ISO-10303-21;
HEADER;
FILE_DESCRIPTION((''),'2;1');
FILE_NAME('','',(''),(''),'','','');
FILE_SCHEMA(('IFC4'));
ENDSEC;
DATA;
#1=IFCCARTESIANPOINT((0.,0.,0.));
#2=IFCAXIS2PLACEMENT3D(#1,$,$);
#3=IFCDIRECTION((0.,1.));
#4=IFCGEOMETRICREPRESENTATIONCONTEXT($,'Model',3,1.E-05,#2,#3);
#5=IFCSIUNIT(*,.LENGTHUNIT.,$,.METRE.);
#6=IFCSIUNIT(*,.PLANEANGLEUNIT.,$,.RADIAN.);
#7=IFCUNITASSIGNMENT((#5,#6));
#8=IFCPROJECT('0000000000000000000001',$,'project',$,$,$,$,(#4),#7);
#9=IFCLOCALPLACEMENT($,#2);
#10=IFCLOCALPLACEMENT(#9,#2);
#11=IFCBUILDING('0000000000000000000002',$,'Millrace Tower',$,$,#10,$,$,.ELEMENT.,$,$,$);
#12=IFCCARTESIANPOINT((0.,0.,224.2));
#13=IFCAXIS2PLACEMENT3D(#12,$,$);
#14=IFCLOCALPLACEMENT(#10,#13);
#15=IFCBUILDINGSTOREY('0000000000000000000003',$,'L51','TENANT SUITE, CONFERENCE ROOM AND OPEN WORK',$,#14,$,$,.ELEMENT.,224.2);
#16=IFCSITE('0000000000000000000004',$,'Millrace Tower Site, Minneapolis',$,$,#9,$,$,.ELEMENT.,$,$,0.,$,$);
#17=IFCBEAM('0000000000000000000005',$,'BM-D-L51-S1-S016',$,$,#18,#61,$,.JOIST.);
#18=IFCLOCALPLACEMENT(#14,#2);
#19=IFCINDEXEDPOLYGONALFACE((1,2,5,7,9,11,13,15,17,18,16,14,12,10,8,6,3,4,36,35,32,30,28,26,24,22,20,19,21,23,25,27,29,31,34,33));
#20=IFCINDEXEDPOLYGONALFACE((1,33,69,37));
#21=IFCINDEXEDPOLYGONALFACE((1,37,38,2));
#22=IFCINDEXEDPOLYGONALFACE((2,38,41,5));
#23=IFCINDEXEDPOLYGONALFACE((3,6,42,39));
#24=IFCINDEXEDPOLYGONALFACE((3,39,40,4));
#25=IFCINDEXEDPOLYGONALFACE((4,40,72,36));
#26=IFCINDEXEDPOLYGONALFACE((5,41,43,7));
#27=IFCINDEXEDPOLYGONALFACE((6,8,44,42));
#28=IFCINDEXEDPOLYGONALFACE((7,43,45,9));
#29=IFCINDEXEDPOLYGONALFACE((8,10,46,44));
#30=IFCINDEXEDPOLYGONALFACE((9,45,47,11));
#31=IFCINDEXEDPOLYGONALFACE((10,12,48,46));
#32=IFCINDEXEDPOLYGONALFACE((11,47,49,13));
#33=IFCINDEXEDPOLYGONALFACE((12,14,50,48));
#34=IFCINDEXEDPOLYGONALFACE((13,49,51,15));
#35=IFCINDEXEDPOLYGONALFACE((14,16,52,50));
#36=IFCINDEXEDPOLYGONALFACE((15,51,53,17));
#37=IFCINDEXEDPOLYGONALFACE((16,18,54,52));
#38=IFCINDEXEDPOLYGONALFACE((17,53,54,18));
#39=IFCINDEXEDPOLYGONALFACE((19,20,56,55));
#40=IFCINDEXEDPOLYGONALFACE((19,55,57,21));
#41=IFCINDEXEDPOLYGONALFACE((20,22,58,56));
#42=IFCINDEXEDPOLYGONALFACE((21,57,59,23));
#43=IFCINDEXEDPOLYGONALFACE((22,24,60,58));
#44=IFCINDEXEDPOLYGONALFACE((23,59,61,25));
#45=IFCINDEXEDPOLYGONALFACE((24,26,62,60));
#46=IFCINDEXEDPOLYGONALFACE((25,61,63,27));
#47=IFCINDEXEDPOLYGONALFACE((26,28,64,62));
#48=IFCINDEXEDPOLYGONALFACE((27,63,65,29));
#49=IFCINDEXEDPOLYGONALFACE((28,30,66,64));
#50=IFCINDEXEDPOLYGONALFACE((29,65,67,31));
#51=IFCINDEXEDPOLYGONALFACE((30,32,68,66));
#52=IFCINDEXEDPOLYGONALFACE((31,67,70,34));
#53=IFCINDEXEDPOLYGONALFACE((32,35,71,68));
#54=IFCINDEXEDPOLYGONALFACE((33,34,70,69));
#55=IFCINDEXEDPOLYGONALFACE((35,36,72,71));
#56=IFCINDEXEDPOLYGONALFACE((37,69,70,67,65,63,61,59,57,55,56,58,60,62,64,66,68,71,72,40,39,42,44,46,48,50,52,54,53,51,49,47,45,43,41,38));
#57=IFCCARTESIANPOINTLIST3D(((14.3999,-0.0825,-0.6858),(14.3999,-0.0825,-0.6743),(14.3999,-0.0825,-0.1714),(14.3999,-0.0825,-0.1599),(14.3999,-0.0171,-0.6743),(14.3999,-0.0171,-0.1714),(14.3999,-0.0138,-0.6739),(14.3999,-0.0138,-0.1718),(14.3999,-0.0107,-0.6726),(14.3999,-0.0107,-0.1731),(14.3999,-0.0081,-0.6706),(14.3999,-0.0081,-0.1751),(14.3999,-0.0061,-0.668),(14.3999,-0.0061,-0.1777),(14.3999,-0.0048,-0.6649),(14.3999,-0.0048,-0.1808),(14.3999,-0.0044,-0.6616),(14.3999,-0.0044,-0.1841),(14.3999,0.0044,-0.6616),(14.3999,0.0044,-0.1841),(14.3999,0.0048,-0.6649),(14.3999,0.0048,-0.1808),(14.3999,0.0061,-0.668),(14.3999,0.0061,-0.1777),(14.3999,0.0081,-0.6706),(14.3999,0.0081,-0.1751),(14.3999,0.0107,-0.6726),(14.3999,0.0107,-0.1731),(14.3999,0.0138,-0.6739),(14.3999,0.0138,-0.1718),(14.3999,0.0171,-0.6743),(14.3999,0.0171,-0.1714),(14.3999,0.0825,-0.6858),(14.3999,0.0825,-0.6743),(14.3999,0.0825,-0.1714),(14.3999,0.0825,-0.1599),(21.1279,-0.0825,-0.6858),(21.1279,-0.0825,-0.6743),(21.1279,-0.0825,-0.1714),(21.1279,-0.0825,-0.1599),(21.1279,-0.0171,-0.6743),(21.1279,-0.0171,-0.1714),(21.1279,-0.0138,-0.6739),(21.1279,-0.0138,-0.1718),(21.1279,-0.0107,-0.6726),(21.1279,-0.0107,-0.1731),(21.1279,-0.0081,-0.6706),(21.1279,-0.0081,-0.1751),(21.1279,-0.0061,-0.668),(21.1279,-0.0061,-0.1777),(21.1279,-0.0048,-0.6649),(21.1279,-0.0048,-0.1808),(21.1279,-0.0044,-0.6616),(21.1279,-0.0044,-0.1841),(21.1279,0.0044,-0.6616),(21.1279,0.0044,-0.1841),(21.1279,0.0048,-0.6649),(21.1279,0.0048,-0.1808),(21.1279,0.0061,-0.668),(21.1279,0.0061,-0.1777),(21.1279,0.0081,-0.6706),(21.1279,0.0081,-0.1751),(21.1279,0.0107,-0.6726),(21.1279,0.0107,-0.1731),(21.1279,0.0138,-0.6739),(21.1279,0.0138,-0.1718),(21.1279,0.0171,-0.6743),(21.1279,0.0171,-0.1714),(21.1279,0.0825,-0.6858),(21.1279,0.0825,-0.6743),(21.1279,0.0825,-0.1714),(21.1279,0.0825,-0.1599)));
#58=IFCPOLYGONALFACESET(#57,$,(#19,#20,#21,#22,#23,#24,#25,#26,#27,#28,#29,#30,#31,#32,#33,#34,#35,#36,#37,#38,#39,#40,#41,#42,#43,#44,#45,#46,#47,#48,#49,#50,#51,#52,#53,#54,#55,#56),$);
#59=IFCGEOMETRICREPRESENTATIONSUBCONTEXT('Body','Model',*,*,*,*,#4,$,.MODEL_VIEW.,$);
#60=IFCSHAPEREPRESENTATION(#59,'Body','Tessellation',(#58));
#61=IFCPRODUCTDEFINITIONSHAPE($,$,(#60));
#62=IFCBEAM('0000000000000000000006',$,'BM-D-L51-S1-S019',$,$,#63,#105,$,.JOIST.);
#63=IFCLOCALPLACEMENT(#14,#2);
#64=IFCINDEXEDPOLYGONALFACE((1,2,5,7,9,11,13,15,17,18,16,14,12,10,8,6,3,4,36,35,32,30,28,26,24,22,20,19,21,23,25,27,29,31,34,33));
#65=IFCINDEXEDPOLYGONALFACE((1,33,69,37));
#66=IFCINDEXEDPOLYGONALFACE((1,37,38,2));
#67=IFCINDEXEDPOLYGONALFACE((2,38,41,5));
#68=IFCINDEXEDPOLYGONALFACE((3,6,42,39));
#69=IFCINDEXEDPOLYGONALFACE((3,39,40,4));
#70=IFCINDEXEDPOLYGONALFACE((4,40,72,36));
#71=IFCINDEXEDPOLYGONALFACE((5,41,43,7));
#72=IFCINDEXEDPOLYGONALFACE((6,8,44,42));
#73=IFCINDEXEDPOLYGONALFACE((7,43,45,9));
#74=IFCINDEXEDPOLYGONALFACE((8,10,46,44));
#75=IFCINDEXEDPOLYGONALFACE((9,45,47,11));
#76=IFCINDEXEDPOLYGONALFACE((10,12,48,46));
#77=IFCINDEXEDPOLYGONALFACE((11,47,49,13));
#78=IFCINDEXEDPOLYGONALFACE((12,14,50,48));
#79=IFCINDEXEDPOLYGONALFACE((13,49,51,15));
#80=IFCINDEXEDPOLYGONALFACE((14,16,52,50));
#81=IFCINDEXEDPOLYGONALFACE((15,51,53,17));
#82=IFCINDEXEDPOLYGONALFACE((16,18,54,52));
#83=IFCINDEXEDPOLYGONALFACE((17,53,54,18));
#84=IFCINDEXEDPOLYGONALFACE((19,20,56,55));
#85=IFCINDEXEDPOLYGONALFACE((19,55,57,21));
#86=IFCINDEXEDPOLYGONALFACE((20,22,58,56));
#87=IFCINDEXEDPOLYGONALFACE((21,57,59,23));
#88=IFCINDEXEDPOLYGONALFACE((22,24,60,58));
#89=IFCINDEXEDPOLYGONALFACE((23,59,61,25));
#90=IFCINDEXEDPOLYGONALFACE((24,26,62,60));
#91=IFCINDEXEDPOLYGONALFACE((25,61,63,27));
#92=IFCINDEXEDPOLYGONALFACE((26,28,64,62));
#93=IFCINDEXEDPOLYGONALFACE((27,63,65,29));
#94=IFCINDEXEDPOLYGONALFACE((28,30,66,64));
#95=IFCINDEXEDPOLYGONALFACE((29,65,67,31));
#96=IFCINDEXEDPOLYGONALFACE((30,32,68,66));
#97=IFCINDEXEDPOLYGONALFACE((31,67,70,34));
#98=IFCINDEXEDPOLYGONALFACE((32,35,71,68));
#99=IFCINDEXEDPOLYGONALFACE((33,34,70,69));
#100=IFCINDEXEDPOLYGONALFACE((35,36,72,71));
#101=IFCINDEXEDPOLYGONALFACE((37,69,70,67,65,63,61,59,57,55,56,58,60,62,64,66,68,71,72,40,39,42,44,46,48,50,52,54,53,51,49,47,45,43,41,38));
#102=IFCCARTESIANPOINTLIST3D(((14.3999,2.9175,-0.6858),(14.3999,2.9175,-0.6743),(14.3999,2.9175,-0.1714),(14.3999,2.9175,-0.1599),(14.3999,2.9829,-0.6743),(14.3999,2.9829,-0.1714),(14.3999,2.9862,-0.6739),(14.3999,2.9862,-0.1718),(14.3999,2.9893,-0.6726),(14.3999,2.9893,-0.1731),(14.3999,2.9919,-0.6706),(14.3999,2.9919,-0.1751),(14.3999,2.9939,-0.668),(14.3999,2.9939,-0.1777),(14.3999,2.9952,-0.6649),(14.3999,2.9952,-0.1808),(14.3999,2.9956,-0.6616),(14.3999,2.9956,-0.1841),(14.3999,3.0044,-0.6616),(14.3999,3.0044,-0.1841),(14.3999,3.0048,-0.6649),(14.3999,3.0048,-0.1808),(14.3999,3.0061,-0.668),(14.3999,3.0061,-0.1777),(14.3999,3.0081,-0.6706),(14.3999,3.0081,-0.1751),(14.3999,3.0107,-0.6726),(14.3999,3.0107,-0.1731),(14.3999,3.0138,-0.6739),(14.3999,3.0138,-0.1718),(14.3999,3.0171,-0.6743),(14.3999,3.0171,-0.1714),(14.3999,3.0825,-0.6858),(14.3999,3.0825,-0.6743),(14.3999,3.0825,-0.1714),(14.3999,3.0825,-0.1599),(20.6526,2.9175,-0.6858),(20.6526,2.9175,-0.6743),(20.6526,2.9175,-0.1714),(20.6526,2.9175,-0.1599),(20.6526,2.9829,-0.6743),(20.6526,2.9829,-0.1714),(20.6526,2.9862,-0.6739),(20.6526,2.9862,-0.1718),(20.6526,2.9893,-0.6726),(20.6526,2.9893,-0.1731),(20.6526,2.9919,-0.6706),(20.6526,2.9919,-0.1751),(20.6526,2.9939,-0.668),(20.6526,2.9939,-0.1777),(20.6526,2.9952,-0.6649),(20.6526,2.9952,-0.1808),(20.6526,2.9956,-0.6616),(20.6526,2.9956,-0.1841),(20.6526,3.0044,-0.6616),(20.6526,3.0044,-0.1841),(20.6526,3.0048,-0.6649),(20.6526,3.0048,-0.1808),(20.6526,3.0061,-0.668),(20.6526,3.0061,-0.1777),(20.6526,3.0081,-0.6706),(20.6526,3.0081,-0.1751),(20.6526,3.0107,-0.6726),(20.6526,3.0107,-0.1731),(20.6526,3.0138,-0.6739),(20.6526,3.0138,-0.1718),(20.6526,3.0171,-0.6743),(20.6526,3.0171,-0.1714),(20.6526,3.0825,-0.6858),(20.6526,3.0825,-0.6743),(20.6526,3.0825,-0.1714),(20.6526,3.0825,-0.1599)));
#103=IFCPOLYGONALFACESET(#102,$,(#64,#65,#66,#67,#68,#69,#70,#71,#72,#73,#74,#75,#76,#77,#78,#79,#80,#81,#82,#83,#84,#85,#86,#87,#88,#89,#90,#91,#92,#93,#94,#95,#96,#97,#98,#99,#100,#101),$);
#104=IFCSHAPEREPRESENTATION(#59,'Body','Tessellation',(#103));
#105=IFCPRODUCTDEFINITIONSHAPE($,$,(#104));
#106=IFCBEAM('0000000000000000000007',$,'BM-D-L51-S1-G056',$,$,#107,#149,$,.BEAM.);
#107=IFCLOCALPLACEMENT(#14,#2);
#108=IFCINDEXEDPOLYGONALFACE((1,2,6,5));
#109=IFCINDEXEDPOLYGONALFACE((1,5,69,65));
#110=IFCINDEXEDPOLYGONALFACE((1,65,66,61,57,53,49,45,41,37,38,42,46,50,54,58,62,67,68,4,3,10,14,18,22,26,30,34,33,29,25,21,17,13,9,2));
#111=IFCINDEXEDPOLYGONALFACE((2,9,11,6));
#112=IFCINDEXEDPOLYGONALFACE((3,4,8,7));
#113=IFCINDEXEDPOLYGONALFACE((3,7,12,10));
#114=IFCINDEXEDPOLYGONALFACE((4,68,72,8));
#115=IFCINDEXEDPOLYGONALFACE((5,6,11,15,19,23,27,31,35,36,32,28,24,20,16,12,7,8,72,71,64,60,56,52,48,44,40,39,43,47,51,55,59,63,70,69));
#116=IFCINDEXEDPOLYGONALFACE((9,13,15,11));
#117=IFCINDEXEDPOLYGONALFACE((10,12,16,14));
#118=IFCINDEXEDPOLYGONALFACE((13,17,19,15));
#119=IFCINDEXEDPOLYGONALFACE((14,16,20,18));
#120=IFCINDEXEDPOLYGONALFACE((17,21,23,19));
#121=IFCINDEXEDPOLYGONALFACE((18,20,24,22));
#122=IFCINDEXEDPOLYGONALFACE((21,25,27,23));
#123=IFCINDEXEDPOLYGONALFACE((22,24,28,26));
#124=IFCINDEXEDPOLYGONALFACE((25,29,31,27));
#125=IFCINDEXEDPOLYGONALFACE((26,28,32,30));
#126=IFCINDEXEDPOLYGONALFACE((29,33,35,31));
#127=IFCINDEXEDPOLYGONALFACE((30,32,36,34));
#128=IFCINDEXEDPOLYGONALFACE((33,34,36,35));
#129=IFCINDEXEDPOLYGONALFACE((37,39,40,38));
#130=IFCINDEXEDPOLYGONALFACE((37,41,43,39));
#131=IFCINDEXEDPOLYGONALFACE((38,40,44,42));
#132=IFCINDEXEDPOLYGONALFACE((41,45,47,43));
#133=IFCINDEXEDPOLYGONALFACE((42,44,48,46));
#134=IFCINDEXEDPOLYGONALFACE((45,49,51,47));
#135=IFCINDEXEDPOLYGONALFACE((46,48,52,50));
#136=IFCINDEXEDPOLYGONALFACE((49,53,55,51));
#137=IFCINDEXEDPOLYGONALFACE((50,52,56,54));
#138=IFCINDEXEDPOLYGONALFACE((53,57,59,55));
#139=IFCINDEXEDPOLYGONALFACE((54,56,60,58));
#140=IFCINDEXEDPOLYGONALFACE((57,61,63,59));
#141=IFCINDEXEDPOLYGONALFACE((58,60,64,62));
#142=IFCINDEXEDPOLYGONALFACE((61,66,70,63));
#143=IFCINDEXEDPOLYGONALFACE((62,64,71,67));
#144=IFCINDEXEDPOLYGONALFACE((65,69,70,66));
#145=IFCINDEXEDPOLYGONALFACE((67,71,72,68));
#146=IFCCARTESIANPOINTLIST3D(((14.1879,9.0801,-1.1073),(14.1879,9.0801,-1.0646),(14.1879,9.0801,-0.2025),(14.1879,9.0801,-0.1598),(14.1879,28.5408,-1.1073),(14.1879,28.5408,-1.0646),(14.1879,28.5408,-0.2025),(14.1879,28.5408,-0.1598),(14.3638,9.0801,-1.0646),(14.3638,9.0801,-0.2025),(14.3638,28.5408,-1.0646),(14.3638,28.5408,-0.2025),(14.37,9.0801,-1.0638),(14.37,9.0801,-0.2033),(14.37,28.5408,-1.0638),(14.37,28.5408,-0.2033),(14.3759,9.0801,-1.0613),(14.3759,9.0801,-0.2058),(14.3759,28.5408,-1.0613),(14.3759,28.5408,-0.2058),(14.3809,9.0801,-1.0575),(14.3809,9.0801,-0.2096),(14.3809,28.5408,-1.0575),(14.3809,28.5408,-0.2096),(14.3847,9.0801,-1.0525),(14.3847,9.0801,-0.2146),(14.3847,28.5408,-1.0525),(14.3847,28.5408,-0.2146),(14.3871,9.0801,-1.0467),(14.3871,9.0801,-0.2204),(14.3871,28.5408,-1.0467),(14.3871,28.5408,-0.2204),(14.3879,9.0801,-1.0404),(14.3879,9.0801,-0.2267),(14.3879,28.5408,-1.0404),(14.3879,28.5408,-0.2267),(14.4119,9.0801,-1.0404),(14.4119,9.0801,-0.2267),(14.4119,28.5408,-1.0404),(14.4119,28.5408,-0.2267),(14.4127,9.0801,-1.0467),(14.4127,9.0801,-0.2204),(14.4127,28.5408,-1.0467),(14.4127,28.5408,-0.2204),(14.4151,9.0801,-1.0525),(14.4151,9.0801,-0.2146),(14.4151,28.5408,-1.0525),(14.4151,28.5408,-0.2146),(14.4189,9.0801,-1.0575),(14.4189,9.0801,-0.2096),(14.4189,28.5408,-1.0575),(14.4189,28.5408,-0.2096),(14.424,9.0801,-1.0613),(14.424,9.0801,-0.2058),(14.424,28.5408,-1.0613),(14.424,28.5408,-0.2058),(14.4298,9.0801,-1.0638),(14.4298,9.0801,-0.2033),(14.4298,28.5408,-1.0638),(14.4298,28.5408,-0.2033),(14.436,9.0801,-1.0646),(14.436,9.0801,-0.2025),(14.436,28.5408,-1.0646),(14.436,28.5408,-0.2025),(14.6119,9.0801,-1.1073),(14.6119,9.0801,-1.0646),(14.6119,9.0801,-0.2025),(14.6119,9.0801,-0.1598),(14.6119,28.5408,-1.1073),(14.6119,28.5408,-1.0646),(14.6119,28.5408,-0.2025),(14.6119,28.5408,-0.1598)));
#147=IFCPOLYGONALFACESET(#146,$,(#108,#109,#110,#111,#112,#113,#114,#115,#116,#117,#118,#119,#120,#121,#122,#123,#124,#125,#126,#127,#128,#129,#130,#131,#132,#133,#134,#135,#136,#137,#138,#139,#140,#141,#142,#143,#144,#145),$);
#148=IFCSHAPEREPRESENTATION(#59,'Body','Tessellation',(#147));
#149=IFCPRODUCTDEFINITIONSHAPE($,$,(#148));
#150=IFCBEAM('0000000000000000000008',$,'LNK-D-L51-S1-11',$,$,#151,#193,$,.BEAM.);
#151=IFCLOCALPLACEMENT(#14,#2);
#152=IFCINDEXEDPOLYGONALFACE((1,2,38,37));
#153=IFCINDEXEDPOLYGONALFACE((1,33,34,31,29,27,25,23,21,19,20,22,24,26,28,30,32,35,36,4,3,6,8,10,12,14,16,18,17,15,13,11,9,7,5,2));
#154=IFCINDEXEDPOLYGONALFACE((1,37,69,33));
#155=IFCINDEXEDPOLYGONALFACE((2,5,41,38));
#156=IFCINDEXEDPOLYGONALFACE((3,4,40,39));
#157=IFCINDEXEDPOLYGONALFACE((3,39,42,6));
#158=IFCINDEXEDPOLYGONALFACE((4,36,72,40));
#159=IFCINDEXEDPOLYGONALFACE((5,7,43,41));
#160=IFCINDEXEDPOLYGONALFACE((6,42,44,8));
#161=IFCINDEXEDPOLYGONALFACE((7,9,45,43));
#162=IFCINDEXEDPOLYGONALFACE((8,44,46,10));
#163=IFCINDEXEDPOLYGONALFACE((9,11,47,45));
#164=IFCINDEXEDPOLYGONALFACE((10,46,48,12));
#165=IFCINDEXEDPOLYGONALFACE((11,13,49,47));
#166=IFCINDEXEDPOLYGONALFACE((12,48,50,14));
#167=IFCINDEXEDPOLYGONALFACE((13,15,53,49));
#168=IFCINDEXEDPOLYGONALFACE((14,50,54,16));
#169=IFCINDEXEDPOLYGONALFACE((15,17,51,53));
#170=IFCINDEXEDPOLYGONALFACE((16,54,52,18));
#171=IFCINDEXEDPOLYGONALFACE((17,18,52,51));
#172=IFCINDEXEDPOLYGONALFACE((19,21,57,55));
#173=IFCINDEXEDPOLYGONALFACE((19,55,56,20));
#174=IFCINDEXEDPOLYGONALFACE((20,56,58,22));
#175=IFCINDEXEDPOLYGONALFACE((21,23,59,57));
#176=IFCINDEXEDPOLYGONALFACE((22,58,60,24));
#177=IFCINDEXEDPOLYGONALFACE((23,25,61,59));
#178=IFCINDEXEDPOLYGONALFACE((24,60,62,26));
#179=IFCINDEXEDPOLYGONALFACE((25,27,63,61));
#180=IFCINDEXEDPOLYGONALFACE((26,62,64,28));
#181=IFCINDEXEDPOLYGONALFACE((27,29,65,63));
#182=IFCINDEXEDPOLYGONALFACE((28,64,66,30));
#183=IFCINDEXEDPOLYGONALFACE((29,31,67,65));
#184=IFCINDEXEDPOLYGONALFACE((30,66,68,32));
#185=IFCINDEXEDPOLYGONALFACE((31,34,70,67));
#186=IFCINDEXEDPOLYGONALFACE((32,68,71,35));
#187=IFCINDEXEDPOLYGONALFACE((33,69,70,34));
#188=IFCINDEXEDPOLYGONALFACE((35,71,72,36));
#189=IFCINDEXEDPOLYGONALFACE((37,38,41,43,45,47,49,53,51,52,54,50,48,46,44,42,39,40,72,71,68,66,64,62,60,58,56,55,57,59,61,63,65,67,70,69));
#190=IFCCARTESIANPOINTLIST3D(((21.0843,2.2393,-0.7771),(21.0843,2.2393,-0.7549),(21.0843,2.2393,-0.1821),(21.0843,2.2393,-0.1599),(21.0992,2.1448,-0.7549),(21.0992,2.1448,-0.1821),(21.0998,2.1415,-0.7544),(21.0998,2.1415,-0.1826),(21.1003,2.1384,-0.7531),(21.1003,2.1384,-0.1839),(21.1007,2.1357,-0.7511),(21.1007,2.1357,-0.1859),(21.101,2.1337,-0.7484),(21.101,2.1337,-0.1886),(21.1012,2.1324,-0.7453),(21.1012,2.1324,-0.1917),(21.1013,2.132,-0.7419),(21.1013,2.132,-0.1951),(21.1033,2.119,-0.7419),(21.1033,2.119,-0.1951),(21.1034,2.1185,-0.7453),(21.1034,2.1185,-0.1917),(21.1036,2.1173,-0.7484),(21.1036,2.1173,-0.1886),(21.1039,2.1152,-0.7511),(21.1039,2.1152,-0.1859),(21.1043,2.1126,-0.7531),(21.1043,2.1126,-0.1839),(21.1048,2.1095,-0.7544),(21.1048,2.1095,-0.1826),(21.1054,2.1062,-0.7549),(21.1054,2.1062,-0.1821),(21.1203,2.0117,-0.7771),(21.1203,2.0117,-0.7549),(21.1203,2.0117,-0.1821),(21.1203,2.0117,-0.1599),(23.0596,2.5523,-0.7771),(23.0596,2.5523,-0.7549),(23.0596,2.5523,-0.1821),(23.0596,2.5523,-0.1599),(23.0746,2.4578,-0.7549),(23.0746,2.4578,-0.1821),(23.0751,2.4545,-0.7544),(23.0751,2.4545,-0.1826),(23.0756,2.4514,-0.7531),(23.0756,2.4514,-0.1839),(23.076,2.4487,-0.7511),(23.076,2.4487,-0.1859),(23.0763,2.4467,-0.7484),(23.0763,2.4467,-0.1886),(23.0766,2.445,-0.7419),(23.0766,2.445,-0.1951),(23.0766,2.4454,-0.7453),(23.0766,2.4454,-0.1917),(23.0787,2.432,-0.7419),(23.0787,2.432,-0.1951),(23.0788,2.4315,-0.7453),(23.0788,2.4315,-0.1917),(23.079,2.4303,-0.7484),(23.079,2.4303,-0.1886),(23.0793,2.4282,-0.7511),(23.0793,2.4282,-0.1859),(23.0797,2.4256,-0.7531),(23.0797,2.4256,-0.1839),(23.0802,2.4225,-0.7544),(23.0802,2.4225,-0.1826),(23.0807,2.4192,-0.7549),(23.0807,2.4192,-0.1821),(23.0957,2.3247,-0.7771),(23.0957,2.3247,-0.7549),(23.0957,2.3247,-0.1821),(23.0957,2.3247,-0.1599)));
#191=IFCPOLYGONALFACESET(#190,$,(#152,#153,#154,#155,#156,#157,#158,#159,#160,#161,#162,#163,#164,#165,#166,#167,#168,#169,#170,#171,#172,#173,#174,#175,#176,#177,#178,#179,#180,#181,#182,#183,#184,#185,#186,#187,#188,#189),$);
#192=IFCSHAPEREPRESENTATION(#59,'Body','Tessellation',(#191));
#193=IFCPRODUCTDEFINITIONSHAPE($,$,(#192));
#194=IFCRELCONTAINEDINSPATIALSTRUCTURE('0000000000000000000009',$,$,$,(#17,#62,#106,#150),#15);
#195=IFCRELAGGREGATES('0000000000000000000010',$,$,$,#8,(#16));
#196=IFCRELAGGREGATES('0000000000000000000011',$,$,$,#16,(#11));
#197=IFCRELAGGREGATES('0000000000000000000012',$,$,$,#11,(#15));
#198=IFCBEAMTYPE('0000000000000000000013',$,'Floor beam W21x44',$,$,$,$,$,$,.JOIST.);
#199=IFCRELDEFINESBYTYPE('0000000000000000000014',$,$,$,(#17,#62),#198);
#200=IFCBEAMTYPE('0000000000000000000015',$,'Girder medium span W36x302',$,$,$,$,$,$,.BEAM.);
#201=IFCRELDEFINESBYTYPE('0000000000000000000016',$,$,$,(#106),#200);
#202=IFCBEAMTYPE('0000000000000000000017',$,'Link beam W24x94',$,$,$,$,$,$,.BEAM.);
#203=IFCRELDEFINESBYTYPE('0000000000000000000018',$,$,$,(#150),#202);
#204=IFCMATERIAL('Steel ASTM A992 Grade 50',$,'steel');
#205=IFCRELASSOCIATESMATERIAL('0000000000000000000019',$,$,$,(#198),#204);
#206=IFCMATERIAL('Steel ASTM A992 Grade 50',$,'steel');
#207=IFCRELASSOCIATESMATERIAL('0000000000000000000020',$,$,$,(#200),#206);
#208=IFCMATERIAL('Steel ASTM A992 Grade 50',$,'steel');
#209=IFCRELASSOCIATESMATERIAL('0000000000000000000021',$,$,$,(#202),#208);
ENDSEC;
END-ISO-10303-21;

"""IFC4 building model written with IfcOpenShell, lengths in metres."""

from ifc_helpers import new_model, si_unit, direction, frame, origin, origin_2d, place, context, subcontext, project, spatial, i_section, extrude, material, material_profile, profile_set, type_object, element, save


model = new_model("IFC4")

# Units and contexts
model_context = context("Model", 3, precision=1e-05, world=origin(), true_north=direction((0.0, 1.0)))
body_context = subcontext(model_context, "Body", "Model", "MODEL_VIEW")
ifc_project = project(units=[si_unit("LENGTHUNIT", "METRE"), si_unit("PLANEANGLEUNIT", "RADIAN")], contexts=[model_context])

# Site, building, storey
site_placement = place(None, origin())
site = spatial("IfcSite", under=ifc_project, at=site_placement, Name="Millrace Tower Site, Minneapolis", CompositionType="ELEMENT", RefElevation=0.0)
building_placement = place(site_placement, origin())
building = spatial("IfcBuilding", under=site, at=building_placement, Name="Millrace Tower", CompositionType="ELEMENT")
storey_placement = place(building_placement, frame((0.0, 0.0, 224.2)))
storey = spatial("IfcBuildingStorey", under=building, at=storey_placement, Name="L51", Description="TENANT SUITE, CONFERENCE ROOM AND OPEN WORK", CompositionType="ELEMENT", Elevation=224.2)

# Beams
ifc_material_1 = material(Name="Steel ASTM A992 Grade 50", Category="steel")
ifc_material_profile_1 = material_profile(ifc_material_1, i_section(OverallWidth=0.165, OverallDepth=0.5259, WebThickness=0.0088, FlangeThickness=0.0115, FilletRadius=0.0127, at=origin_2d()))
ifc_profile_set_1 = profile_set([ifc_material_profile_1], Name="Steel ASTM A992 Grade 50")
beam_type_1 = type_object("IfcBeamType", Name="Floor beam W21x44", PredefinedType="JOIST", material=ifc_profile_set_1)
beam_1_placement = place(storey_placement, frame((14.3999, 0.0, -0.4229), z_axis=(1.0, 0.0, 0.0), x_axis=(0.0, 1.0, 0.0)))
element("IfcBeam", 1, at=beam_1_placement, inside=storey, type_object=beam_type_1, Name="BM-D-L51-S1-S016", PredefinedType="JOIST", context=body_context, shape_type="SweptSolid", body=[
    extrude(i_section(OverallWidth=0.165, OverallDepth=0.5259, WebThickness=0.0088, FlangeThickness=0.0115, FilletRadius=0.0127, at=origin_2d()), origin(), (0.0, 0.0, 1.0), 6.728),
])
beam_2_placement = place(storey_placement, frame((14.3999, 3.0, -0.4229), z_axis=(1.0, 0.0, 0.0), x_axis=(0.0, 1.0, 0.0)))
element("IfcBeam", 2, at=beam_2_placement, inside=storey, type_object=beam_type_1, Name="BM-D-L51-S1-S019", PredefinedType="JOIST", context=body_context, shape_type="SweptSolid", body=[
    extrude(i_section(OverallWidth=0.165, OverallDepth=0.5259, WebThickness=0.0088, FlangeThickness=0.0115, FilletRadius=0.0127, at=origin_2d()), origin(), (0.0, 0.0, 1.0), 6.2527),
])
ifc_material_2 = material(Name="Steel ASTM A992 Grade 50", Category="steel")
ifc_material_profile_2 = material_profile(ifc_material_2, i_section(OverallWidth=0.4241, OverallDepth=0.9475, WebThickness=0.0239, FlangeThickness=0.0427, FilletRadius=0.0242, at=origin_2d()))
ifc_profile_set_2 = profile_set([ifc_material_profile_2], Name="Steel ASTM A992 Grade 50")
beam_type_2 = type_object("IfcBeamType", Name="Girder medium span W36x302", PredefinedType="BEAM", material=ifc_profile_set_2)
beam_3_placement = place(storey_placement, frame((14.3999, 9.0801, -0.6335), z_axis=(0.0, 1.0, 0.0), x_axis=(-1.0, 0.0, 0.0)))
element("IfcBeam", 3, at=beam_3_placement, inside=storey, type_object=beam_type_2, Name="BM-D-L51-S1-G056", PredefinedType="BEAM", context=body_context, shape_type="SweptSolid", body=[
    extrude(i_section(OverallWidth=0.4241, OverallDepth=0.9475, WebThickness=0.0239, FlangeThickness=0.0427, FilletRadius=0.0242, at=origin_2d()), origin(), (0.0, 0.0, 1.0), 19.4607),
])
ifc_material_3 = material(Name="Steel ASTM A992 Grade 50", Category="steel")
ifc_material_profile_3 = material_profile(ifc_material_3, i_section(OverallWidth=0.2305, OverallDepth=0.6172, WebThickness=0.0132, FlangeThickness=0.0222, FilletRadius=0.0129, at=origin_2d()))
ifc_profile_set_3 = profile_set([ifc_material_profile_3], Name="Steel ASTM A992 Grade 50")
beam_type_3 = type_object("IfcBeamType", Name="Link beam W24x94", PredefinedType="BEAM", material=ifc_profile_set_3)
beam_4_placement = place(storey_placement, frame((21.1023, 2.1255, -0.4685), z_axis=(0.987679, 0.156495, 0.0), x_axis=(-0.156495, 0.987679, 0.0)))
element("IfcBeam", 4, at=beam_4_placement, inside=storey, type_object=beam_type_3, Name="LNK-D-L51-S1-11", PredefinedType="BEAM", context=body_context, shape_type="SweptSolid", body=[
    extrude(i_section(OverallWidth=0.2305, OverallDepth=0.6172, WebThickness=0.0132, FlangeThickness=0.0222, FilletRadius=0.0129, at=origin_2d()), origin(), (0.0, 0.0, 1.0), 2.0),
])

save(model, "model.ifc")
